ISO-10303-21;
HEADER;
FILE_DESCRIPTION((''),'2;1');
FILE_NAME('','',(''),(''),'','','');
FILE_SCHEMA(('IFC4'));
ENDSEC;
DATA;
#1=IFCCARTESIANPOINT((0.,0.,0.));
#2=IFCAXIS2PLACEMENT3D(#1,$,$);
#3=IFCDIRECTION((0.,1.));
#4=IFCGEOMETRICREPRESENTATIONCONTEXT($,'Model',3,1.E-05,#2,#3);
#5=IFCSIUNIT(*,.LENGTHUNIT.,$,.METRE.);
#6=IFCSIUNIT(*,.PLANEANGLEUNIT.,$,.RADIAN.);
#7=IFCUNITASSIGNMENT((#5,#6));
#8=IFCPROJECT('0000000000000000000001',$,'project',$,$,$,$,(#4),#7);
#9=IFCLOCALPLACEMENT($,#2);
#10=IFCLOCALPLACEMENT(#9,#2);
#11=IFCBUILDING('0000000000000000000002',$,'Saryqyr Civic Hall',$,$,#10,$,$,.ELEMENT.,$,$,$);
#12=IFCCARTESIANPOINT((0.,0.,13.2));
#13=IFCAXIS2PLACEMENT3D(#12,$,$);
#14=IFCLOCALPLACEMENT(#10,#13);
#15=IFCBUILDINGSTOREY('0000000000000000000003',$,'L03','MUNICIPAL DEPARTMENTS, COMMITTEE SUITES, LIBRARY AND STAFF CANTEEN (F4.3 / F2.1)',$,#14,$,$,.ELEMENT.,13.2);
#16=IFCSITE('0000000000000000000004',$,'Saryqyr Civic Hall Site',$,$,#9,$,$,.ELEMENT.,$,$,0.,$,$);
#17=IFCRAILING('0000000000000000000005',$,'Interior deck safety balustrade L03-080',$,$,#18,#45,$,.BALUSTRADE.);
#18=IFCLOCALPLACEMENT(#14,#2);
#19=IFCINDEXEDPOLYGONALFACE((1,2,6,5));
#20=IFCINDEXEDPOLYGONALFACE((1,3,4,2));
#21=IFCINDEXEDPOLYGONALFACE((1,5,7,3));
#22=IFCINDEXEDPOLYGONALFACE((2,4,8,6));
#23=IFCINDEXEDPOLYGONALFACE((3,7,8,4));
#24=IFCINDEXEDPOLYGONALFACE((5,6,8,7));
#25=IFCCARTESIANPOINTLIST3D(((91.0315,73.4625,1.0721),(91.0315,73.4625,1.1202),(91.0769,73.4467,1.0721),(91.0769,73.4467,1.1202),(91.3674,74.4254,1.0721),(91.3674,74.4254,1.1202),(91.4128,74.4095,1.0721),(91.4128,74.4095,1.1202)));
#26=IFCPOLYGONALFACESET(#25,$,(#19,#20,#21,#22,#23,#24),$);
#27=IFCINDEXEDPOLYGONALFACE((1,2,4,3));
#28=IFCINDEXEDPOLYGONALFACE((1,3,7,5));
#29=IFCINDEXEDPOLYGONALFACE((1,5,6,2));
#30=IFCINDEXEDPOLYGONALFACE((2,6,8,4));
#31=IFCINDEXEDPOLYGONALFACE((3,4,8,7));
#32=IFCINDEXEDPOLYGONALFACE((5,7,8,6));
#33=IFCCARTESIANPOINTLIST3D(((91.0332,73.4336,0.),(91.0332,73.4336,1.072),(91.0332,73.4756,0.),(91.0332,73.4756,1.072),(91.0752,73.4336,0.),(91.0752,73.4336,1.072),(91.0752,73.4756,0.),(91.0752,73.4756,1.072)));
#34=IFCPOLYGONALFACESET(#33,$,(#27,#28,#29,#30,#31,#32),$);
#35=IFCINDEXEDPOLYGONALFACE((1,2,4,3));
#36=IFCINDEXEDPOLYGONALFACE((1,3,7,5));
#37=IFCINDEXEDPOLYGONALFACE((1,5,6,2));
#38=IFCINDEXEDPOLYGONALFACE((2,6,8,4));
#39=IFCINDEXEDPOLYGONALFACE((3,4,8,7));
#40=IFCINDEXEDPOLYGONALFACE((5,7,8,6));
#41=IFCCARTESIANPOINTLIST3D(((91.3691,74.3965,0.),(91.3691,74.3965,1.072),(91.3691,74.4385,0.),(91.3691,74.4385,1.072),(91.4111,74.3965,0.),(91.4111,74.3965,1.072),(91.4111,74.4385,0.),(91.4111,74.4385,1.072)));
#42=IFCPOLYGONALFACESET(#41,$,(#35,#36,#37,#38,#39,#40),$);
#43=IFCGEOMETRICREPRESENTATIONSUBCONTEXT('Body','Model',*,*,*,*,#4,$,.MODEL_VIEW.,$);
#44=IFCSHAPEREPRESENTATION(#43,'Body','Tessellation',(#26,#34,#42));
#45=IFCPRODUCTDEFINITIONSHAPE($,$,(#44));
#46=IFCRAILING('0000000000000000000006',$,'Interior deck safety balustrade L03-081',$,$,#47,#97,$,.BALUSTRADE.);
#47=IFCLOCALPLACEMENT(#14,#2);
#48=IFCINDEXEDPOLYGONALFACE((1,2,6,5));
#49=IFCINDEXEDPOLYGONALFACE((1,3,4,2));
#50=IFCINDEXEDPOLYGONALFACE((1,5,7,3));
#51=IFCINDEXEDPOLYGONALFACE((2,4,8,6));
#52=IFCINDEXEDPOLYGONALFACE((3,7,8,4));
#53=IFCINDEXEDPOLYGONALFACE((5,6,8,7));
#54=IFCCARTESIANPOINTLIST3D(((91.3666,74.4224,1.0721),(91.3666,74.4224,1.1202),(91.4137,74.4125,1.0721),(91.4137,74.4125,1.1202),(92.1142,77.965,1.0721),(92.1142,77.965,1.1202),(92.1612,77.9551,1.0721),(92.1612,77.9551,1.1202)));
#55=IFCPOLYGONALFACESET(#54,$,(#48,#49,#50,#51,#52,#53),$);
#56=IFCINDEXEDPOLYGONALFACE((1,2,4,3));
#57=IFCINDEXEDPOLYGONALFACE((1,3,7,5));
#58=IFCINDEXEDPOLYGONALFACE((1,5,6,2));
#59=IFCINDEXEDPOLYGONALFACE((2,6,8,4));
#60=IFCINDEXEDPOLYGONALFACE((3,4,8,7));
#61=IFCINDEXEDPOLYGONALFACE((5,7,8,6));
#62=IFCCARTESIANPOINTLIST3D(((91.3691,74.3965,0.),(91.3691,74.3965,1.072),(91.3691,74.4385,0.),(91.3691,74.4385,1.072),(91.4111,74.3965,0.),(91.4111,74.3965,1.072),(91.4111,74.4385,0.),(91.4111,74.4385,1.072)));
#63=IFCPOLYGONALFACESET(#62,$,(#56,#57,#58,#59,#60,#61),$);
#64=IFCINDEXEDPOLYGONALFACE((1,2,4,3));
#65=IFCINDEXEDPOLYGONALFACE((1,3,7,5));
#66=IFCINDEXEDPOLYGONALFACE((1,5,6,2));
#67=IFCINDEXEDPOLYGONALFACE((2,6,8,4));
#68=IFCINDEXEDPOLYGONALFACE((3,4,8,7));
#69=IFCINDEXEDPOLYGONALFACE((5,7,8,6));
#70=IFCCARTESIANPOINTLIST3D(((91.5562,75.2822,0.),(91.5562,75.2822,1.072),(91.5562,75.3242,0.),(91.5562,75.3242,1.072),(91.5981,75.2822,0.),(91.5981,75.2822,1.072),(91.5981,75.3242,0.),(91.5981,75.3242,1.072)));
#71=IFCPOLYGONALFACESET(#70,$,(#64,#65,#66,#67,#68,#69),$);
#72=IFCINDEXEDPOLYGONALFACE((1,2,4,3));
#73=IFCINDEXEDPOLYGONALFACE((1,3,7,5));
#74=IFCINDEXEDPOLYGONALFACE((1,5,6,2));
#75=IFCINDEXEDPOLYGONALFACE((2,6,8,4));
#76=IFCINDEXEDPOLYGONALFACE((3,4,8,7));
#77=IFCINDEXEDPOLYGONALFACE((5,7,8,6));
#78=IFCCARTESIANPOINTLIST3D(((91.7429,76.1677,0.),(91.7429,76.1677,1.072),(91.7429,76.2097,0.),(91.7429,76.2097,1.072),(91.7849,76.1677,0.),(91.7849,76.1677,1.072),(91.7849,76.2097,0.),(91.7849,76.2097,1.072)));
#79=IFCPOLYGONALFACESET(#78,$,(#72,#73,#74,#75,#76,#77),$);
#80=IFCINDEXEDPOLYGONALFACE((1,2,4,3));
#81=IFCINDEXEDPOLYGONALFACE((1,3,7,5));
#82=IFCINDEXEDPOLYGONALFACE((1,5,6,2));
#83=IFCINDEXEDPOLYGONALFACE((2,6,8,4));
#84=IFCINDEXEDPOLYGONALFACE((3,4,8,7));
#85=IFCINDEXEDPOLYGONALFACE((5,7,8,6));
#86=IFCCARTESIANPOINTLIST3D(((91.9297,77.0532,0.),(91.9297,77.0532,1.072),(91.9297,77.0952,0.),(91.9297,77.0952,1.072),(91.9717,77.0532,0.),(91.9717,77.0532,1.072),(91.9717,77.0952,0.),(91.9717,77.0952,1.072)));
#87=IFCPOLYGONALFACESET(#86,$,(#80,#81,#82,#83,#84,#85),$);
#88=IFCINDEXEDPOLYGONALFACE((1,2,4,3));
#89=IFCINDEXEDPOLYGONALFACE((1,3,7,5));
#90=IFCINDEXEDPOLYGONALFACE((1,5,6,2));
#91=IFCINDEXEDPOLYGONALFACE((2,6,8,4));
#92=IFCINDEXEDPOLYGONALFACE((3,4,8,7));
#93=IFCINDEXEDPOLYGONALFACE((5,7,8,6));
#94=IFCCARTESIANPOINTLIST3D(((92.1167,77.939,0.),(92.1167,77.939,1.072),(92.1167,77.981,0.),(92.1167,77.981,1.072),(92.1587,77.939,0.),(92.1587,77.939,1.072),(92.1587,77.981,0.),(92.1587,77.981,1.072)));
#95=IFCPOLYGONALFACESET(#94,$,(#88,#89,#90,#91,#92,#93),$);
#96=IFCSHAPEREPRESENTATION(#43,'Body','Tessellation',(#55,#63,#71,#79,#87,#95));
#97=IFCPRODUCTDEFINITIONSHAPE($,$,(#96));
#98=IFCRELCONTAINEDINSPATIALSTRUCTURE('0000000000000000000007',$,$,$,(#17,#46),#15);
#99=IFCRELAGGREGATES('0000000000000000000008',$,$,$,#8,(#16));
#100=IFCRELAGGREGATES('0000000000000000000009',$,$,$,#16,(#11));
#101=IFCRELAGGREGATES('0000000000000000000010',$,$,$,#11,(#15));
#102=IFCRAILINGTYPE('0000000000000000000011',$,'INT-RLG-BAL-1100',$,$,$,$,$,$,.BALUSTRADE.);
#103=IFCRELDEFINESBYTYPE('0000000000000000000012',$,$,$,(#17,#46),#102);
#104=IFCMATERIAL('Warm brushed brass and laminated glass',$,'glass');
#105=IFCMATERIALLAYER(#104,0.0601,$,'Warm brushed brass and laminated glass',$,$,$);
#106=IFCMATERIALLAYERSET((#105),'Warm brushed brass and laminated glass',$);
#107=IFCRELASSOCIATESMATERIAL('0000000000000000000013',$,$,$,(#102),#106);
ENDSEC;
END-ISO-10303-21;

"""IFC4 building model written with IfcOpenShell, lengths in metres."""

from ifc_helpers import new_model, si_unit, direction, frame, origin, origin_2d, place, context, subcontext, project, spatial, rectangle, extrude, material, layer, layer_set, type_object, element, save


model = new_model("IFC4")

# Units and contexts
model_context = context("Model", 3, precision=1e-05, world=origin(), true_north=direction((0.0, 1.0)))
body_context = subcontext(model_context, "Body", "Model", "MODEL_VIEW")
ifc_project = project(units=[si_unit("LENGTHUNIT", "METRE"), si_unit("PLANEANGLEUNIT", "RADIAN")], contexts=[model_context])

# Site, building, storey
site_placement = place(None, origin())
site = spatial("IfcSite", under=ifc_project, at=site_placement, Name="Saryqyr Civic Hall Site", CompositionType="ELEMENT", RefElevation=0.0)
building_placement = place(site_placement, origin())
building = spatial("IfcBuilding", under=site, at=building_placement, Name="Saryqyr Civic Hall", CompositionType="ELEMENT")
storey_placement = place(building_placement, frame((0.0, 0.0, 13.2)))
storey = spatial("IfcBuildingStorey", under=building, at=storey_placement, Name="L03", Description="MUNICIPAL DEPARTMENTS, COMMITTEE SUITES, LIBRARY AND STAFF CANTEEN (F4.3 / F2.1)", CompositionType="ELEMENT", Elevation=13.2)

# Railings
ifc_material_1 = material(Name="Warm brushed brass and laminated glass", Category="glass")
ifc_layer_1 = layer(ifc_material_1, 0.0601, Name="Warm brushed brass and laminated glass")
ifc_layer_set_1 = layer_set([ifc_layer_1], Name="Warm brushed brass and laminated glass")
railing_type = type_object("IfcRailingType", Name="INT-RLG-BAL-1100", PredefinedType="BALUSTRADE", material=ifc_layer_set_1)
railing_1_placement = place(storey_placement, frame((91.0542, 73.4546, 0.0)))
element("IfcRailing", 1, at=railing_1_placement, inside=storey, type_object=railing_type, Name="Interior deck safety balustrade L03-080", PredefinedType="BALUSTRADE", context=body_context, shape_type="SweptSolid", body=[
    extrude(rectangle(XDim=0.0481, YDim=0.0481, at=origin_2d()), frame((0.0, 0.0, 1.0962), z_axis=(0.329412, 0.944186, 0.0), x_axis=(-0.944186, 0.329412, 0.0)), (0.0, 0.0, 1.0), 1.0198),
    extrude(rectangle(XDim=0.042, YDim=0.042, at=origin_2d()), origin(), (0.0, 0.0, 1.0), 1.072),
    extrude(rectangle(XDim=0.042, YDim=0.042, at=origin_2d()), frame((0.3359, 0.9629, 0.0)), (0.0, 0.0, 1.0), 1.072),
])
railing_2_placement = place(storey_placement, frame((91.3901, 74.4175, 0.0)))
element("IfcRailing", 2, at=railing_2_placement, inside=storey, type_object=railing_type, Name="Interior deck safety balustrade L03-081", PredefinedType="BALUSTRADE", context=body_context, shape_type="SweptSolid", body=[
    extrude(rectangle(XDim=0.0481, YDim=0.0481, at=origin_2d()), frame((0.0, 0.0, 1.0962), z_axis=(0.206479, 0.978451, 0.0), x_axis=(-0.978451, 0.206479, 0.0)), (0.0, 0.0, 1.0), 3.6206),
    extrude(rectangle(XDim=0.042, YDim=0.042, at=origin_2d()), origin(), (0.0, 0.0, 1.0), 1.072),
    extrude(rectangle(XDim=0.042, YDim=0.042, at=origin_2d()), frame((0.187, 0.8857, 0.0)), (0.0, 0.0, 1.0), 1.072),
    extrude(rectangle(XDim=0.042, YDim=0.042, at=origin_2d()), frame((0.3738, 1.7712, 0.0)), (0.0, 0.0, 1.0), 1.072),
    extrude(rectangle(XDim=0.042, YDim=0.042, at=origin_2d()), frame((0.5605, 2.6567, 0.0)), (0.0, 0.0, 1.0), 1.072),
    extrude(rectangle(XDim=0.042, YDim=0.042, at=origin_2d()), frame((0.7476, 3.5425, 0.0)), (0.0, 0.0, 1.0), 1.072),
])

save(model, "model.ifc")
